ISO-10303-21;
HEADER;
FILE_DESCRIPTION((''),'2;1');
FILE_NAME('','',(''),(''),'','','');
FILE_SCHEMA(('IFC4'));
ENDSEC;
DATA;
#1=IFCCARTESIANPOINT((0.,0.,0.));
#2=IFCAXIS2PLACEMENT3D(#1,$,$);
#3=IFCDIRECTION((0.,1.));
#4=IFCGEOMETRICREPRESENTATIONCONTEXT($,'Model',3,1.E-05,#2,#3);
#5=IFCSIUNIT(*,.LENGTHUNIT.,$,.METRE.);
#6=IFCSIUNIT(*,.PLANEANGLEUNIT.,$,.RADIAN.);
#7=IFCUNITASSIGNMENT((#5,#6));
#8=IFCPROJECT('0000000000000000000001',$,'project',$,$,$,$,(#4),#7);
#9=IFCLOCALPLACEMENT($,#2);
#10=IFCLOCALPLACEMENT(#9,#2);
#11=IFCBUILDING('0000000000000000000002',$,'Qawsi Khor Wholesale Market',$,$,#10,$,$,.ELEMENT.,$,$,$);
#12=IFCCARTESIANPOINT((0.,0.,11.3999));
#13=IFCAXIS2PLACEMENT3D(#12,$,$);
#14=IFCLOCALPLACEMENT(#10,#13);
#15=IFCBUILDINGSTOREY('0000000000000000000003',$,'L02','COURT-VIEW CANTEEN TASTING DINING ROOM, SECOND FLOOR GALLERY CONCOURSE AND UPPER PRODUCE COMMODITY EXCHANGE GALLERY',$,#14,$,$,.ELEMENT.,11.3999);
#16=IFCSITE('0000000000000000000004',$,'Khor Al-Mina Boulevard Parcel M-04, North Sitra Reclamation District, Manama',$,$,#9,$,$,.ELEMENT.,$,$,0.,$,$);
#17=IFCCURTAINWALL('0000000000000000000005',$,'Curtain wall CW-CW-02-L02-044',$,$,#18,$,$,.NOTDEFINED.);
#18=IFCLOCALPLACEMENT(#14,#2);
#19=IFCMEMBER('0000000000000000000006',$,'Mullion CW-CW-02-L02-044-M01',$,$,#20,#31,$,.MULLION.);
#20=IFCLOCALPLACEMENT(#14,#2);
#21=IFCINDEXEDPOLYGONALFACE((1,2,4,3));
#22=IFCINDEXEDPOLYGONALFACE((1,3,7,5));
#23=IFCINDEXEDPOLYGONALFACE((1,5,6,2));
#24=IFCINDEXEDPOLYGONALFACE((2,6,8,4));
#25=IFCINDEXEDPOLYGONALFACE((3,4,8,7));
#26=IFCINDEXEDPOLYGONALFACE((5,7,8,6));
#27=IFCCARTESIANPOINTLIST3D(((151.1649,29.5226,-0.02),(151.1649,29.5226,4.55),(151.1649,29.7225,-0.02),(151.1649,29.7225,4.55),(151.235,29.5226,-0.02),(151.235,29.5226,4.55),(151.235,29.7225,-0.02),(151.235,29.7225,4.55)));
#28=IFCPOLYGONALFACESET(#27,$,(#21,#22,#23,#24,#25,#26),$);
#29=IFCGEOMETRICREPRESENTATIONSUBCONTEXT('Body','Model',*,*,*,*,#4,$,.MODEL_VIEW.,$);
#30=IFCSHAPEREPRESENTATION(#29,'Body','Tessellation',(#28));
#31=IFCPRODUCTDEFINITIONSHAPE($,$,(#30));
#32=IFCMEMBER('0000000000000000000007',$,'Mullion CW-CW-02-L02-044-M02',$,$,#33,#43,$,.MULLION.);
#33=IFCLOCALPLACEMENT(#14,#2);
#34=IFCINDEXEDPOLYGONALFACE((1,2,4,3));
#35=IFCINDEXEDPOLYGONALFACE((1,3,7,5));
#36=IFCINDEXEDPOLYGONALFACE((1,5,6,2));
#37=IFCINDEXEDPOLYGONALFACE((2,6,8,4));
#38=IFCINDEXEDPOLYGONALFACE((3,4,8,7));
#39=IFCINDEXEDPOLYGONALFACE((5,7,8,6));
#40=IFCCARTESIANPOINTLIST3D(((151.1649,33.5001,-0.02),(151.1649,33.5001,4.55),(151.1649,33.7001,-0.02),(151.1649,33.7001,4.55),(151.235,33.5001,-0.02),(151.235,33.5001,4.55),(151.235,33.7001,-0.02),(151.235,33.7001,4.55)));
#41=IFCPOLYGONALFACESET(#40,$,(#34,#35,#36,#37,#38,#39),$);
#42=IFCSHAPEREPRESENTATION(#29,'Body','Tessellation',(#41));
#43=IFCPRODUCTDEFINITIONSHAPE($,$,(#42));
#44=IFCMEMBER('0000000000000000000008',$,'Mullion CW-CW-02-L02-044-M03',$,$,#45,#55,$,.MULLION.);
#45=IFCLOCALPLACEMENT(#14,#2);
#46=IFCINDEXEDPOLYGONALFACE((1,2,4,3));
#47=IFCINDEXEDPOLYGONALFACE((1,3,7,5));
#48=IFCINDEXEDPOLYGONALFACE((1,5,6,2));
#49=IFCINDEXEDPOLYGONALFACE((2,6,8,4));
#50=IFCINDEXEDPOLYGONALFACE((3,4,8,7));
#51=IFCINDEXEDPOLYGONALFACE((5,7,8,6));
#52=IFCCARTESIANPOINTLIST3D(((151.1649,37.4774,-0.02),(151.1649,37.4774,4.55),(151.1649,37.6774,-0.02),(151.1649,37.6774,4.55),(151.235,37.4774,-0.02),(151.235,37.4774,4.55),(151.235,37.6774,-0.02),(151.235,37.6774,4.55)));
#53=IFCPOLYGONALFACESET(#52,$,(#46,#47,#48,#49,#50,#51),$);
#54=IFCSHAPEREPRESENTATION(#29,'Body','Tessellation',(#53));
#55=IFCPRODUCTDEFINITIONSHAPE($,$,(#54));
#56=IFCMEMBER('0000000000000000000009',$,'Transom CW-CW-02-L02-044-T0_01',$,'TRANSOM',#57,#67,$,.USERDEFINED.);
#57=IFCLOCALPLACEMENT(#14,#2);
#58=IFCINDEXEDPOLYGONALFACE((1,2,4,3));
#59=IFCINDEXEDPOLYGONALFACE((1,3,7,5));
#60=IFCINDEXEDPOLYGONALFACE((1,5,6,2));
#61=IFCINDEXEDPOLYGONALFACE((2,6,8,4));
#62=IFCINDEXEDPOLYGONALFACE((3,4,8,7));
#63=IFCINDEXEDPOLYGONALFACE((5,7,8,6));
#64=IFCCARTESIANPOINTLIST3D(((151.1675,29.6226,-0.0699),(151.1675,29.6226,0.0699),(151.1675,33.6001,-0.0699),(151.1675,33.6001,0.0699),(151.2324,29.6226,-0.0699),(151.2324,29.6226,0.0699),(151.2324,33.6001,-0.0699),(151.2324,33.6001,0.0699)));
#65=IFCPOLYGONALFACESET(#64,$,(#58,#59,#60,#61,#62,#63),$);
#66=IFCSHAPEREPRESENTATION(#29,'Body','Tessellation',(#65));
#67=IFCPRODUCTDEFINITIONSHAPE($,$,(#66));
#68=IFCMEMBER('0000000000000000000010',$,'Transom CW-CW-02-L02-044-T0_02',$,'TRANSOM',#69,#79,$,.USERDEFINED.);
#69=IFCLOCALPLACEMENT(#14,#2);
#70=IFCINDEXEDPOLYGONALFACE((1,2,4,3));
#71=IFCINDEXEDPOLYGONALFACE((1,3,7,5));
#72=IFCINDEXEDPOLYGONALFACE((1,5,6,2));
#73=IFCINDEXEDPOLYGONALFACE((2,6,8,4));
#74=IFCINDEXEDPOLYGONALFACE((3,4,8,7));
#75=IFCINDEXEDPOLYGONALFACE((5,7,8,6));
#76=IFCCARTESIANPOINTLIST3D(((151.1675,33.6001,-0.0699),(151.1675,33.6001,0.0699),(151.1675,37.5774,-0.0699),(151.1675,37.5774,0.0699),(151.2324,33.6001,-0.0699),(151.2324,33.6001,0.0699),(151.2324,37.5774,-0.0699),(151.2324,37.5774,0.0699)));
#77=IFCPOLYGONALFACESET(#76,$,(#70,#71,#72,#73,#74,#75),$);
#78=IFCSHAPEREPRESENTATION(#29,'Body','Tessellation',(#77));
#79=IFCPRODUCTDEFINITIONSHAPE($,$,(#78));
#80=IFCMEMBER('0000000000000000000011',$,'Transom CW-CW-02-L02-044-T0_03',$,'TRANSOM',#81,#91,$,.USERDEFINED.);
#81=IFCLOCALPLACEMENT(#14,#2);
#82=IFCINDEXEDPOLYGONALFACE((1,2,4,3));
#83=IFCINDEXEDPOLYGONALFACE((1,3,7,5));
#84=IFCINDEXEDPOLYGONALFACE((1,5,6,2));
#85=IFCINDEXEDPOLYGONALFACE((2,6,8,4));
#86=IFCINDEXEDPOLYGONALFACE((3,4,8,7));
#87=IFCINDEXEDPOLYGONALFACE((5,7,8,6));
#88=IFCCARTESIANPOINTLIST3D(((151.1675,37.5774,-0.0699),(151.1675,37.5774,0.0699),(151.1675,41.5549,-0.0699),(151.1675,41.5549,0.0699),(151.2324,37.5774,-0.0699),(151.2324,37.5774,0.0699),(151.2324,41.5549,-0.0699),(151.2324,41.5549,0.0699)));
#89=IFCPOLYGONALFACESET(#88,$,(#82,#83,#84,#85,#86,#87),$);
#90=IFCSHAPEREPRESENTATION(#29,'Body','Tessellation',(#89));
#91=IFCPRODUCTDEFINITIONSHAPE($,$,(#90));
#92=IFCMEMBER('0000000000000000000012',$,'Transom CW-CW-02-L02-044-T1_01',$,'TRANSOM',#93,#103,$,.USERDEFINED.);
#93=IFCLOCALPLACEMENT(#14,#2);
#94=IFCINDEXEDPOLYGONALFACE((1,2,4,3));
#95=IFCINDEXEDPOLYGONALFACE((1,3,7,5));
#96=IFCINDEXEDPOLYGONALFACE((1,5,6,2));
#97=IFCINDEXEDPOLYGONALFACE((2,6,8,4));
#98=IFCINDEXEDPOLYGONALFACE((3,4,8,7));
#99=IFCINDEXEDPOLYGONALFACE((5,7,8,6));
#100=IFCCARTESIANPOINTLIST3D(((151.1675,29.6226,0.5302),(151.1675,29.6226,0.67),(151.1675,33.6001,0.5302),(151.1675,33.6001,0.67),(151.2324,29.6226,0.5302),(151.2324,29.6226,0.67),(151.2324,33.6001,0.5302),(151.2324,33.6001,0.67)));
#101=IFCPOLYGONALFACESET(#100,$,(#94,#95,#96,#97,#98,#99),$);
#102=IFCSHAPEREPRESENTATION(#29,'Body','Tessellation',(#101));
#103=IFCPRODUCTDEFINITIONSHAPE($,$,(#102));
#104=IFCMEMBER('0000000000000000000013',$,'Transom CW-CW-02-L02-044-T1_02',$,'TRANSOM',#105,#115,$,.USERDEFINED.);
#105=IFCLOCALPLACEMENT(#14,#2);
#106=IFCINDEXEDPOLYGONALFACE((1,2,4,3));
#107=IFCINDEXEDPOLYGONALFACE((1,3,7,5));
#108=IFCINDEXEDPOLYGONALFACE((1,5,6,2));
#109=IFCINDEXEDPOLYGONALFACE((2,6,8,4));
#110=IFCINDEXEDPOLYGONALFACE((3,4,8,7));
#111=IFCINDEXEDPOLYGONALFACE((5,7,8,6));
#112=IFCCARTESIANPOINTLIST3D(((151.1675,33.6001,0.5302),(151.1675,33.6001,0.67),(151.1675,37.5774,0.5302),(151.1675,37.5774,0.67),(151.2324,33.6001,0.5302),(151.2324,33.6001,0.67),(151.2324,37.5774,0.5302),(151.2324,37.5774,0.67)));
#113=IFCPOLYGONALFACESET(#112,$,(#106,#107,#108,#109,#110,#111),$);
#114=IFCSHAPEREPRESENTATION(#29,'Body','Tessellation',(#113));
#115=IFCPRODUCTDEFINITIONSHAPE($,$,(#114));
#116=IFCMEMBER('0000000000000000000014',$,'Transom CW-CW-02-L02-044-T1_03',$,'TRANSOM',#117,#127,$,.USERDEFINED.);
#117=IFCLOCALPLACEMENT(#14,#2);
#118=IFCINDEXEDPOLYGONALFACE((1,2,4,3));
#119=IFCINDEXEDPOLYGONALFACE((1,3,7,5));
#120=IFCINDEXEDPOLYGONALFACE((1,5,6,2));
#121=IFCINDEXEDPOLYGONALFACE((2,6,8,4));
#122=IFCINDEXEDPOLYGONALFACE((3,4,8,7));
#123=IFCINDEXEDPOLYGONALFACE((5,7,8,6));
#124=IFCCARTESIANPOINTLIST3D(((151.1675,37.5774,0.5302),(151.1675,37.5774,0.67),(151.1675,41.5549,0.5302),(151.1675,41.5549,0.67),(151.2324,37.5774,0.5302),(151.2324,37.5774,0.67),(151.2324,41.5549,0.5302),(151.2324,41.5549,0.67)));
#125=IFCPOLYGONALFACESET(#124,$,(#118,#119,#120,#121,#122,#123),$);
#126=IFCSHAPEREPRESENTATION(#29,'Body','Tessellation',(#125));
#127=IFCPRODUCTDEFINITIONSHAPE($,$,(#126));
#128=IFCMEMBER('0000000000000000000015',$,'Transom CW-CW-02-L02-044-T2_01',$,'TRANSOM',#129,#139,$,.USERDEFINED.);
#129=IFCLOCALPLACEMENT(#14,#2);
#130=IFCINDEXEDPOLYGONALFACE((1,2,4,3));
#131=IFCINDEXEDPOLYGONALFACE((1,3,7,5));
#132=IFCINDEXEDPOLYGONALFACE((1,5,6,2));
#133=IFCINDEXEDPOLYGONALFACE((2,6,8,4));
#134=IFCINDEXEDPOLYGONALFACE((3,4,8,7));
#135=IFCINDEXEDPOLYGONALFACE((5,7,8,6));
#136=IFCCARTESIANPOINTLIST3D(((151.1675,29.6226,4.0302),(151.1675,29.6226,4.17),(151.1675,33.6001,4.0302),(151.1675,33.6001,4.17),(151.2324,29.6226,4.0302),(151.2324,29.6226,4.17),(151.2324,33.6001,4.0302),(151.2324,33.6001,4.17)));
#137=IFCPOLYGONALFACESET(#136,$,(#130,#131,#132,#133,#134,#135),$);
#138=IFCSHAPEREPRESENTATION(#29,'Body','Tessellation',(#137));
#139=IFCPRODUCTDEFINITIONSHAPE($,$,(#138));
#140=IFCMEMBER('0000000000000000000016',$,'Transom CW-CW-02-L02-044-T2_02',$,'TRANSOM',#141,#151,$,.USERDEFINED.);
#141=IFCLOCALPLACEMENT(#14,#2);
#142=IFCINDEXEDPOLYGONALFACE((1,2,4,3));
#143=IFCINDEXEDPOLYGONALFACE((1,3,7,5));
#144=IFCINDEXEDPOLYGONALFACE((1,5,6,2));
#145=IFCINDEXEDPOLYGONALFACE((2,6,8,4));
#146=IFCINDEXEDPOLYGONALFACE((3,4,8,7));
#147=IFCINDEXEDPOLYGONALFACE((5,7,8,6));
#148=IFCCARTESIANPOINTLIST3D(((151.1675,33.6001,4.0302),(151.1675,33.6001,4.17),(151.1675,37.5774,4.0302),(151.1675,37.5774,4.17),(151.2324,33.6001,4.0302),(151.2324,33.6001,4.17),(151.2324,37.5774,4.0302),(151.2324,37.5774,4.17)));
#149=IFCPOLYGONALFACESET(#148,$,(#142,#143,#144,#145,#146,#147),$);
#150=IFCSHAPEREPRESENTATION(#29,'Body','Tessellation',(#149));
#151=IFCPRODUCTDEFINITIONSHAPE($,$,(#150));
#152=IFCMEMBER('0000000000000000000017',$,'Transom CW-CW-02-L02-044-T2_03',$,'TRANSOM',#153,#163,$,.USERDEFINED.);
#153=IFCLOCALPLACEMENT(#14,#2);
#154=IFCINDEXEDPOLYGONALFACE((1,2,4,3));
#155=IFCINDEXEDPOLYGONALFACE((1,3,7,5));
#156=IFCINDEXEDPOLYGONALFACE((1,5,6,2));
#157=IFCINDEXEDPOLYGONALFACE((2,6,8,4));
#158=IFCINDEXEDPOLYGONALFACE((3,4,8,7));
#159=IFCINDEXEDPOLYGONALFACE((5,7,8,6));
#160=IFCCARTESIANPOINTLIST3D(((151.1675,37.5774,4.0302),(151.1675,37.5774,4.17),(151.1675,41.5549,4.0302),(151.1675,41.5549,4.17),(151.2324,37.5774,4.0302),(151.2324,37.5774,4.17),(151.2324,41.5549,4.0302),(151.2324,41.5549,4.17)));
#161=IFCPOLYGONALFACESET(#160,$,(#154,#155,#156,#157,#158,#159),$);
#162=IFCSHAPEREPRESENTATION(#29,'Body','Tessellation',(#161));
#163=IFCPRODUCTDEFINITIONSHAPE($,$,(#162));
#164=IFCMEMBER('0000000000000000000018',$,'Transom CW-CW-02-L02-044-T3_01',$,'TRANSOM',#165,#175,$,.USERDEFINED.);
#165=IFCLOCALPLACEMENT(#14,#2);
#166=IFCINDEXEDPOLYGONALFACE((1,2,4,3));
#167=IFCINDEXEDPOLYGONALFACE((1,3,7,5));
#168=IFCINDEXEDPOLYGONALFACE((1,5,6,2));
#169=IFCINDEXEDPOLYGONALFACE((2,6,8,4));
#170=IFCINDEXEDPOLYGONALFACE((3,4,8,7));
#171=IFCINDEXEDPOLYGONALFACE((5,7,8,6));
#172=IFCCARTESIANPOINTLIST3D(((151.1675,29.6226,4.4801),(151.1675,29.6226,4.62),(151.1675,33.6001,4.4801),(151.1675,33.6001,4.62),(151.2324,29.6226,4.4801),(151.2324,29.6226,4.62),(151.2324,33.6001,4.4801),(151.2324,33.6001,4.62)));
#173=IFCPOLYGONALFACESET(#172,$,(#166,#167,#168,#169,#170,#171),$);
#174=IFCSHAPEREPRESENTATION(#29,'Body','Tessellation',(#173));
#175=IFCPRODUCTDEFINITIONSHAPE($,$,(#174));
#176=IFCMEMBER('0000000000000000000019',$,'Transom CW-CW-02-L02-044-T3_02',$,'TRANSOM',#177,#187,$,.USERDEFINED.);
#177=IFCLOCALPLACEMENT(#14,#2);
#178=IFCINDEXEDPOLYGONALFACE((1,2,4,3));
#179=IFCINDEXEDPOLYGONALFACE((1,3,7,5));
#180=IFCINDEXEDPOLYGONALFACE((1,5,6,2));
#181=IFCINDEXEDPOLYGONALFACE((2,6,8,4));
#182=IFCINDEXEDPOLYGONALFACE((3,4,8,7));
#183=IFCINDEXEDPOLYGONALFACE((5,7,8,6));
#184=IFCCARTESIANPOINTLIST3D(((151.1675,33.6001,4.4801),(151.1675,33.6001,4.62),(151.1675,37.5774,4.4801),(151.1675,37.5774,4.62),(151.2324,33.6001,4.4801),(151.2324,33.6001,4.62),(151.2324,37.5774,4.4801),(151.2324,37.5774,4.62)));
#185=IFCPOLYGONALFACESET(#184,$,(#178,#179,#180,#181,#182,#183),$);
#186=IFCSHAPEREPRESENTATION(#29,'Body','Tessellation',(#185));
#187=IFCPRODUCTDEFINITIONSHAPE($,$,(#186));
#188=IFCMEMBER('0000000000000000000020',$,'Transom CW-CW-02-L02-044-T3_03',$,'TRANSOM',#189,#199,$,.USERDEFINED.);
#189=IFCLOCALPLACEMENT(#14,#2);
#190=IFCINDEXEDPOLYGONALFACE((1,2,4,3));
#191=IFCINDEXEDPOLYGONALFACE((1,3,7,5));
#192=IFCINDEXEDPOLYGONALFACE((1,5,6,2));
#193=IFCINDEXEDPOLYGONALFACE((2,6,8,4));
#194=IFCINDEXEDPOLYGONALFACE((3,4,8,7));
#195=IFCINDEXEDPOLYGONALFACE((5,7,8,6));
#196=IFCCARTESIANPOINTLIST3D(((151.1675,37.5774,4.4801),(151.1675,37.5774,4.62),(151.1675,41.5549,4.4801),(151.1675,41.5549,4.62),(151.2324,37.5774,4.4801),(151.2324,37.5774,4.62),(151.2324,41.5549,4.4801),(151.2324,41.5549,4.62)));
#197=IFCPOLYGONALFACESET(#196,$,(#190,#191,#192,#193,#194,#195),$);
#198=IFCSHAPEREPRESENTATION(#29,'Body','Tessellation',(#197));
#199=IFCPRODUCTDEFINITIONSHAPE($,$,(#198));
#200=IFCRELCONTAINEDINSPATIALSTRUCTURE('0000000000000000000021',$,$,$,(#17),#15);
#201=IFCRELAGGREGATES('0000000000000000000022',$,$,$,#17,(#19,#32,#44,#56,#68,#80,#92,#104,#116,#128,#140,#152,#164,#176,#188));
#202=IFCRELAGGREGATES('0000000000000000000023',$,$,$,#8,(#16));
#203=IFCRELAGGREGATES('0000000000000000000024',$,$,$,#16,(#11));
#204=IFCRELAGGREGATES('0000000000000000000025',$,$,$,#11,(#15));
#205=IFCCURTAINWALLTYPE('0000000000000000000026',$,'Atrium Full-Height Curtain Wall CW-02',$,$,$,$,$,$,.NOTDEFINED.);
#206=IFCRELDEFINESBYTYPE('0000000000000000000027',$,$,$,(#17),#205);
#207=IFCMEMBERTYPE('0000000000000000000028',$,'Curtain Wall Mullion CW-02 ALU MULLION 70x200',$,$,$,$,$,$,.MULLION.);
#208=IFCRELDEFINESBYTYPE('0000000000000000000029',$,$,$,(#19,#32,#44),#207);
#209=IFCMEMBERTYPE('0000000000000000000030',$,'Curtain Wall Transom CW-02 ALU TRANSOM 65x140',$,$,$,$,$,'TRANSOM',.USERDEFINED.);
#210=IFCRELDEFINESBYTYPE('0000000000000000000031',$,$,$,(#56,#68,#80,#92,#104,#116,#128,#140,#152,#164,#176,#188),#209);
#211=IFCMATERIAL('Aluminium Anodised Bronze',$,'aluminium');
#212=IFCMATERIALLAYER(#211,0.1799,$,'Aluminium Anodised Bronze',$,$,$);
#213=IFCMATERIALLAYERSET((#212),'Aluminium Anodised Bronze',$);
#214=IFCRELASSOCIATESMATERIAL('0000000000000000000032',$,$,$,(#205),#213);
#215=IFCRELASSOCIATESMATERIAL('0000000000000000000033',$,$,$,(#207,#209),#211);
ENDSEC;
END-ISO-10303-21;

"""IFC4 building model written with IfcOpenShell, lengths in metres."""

from ifc_helpers import new_model, si_unit, direction, frame, origin, origin_2d, place, context, subcontext, project, spatial, rectangle, extrude, material, layer, layer_set, material_profile, profile_set, type_object, element, aggregate, save


model = new_model("IFC4")

# Units and contexts
model_context = context("Model", 3, precision=1e-05, world=origin(), true_north=direction((0.0, 1.0)))
body_context = subcontext(model_context, "Body", "Model", "MODEL_VIEW")
ifc_project = project(units=[si_unit("LENGTHUNIT", "METRE"), si_unit("PLANEANGLEUNIT", "RADIAN")], contexts=[model_context])

# Site, building, storey
site_placement = place(None, origin())
site = spatial("IfcSite", under=ifc_project, at=site_placement, Name="Khor Al-Mina Boulevard Parcel M-04, North Sitra Reclamation District, Manama", CompositionType="ELEMENT", RefElevation=0.0)
building_placement = place(site_placement, origin())
building = spatial("IfcBuilding", under=site, at=building_placement, Name="Qawsi Khor Wholesale Market", CompositionType="ELEMENT")
storey_placement = place(building_placement, frame((0.0, 0.0, 11.3999)))
storey = spatial("IfcBuildingStorey", under=building, at=storey_placement, Name="L02", Description="COURT-VIEW CANTEEN TASTING DINING ROOM, SECOND FLOOR GALLERY CONCOURSE AND UPPER PRODUCE COMMODITY EXCHANGE GALLERY", CompositionType="ELEMENT", Elevation=11.3999)

# Curtain wall, members
ifc_material_1 = material(Name="Aluminium Anodised Bronze", Category="aluminium")
ifc_layer_1 = layer(ifc_material_1, 0.1799, Name="Aluminium Anodised Bronze")
ifc_layer_set_1 = layer_set([ifc_layer_1], Name="Aluminium Anodised Bronze")
curtain_wall_type = type_object("IfcCurtainWallType", Name="Atrium Full-Height Curtain Wall CW-02", PredefinedType="NOTDEFINED", material=ifc_layer_set_1)
curtain_wall_placement = place(storey_placement, origin())
curtain_wall = element("IfcCurtainWall", 1, at=curtain_wall_placement, inside=storey, type_object=curtain_wall_type, Name="Curtain wall CW-CW-02-L02-044", PredefinedType="NOTDEFINED")
ifc_material_profile_1 = material_profile(ifc_material_1, rectangle(XDim=0.0701, YDim=0.2, at=origin_2d()), Name="ALU MULLION 70x200")
ifc_profile_set_1 = profile_set([ifc_material_profile_1], Name="Aluminium Anodised Bronze")
member_type_1 = type_object("IfcMemberType", Name="Curtain Wall Mullion CW-02 ALU MULLION 70x200", PredefinedType="MULLION", material=ifc_profile_set_1)
member_1_placement = place(storey_placement, frame((151.2, 29.6226, -0.02), z_axis=(0.0, 0.0, 1.0), x_axis=(1.0, 0.0, 0.0)))
member_1 = element("IfcMember", 2, at=member_1_placement, type_object=member_type_1, Name="Mullion CW-CW-02-L02-044-M01", PredefinedType="MULLION", context=body_context, shape_type="SweptSolid", body=[
    extrude(rectangle(XDim=0.0701, YDim=0.2, at=origin_2d()), origin(), (0.0, 0.0, 1.0), 4.5701),
])
member_2_placement = place(storey_placement, frame((151.2, 33.6001, -0.02), z_axis=(0.0, 0.0, 1.0), x_axis=(1.0, 0.0, 0.0)))
member_2 = element("IfcMember", 3, at=member_2_placement, type_object=member_type_1, Name="Mullion CW-CW-02-L02-044-M02", PredefinedType="MULLION", context=body_context, shape_type="SweptSolid", body=[
    extrude(rectangle(XDim=0.0701, YDim=0.2, at=origin_2d()), origin(), (0.0, 0.0, 1.0), 4.5701),
])
member_3_placement = place(storey_placement, frame((151.2, 37.5774, -0.02), z_axis=(0.0, 0.0, 1.0), x_axis=(1.0, 0.0, 0.0)))
member_3 = element("IfcMember", 4, at=member_3_placement, type_object=member_type_1, Name="Mullion CW-CW-02-L02-044-M03", PredefinedType="MULLION", context=body_context, shape_type="SweptSolid", body=[
    extrude(rectangle(XDim=0.0701, YDim=0.2, at=origin_2d()), origin(), (0.0, 0.0, 1.0), 4.5701),
])
ifc_material_profile_2 = material_profile(ifc_material_1, rectangle(XDim=0.0649, YDim=0.1399, at=origin_2d()), Name="ALU TRANSOM 65x140")
ifc_profile_set_2 = profile_set([ifc_material_profile_2], Name="Aluminium Anodised Bronze")
member_type_2 = type_object("IfcMemberType", Name="Curtain Wall Transom CW-02 ALU TRANSOM 65x140", ElementType="TRANSOM", PredefinedType="USERDEFINED", material=ifc_profile_set_2)
member_4_placement = place(storey_placement, frame((151.2, 29.6226, 0.0), z_axis=(0.0, 1.0, 0.0), x_axis=(-1.0, 0.0, 0.0)))
member_4 = element("IfcMember", 5, at=member_4_placement, type_object=member_type_2, Name="Transom CW-CW-02-L02-044-T0_01", ObjectType="TRANSOM", PredefinedType="USERDEFINED", context=body_context, shape_type="SweptSolid", body=[
    extrude(rectangle(XDim=0.0649, YDim=0.1399, at=origin_2d()), origin(), (0.0, 0.0, 1.0), 3.9775),
])
member_5_placement = place(storey_placement, frame((151.2, 33.6001, 0.0), z_axis=(0.0, 1.0, 0.0), x_axis=(-1.0, 0.0, 0.0)))
member_5 = element("IfcMember", 6, at=member_5_placement, type_object=member_type_2, Name="Transom CW-CW-02-L02-044-T0_02", ObjectType="TRANSOM", PredefinedType="USERDEFINED", context=body_context, shape_type="SweptSolid", body=[
    extrude(rectangle(XDim=0.0649, YDim=0.1399, at=origin_2d()), origin(), (0.0, 0.0, 1.0), 3.9773),
])
member_6_placement = place(storey_placement, frame((151.2, 37.5774, 0.0), z_axis=(0.0, 1.0, 0.0), x_axis=(-1.0, 0.0, 0.0)))
member_6 = element("IfcMember", 7, at=member_6_placement, type_object=member_type_2, Name="Transom CW-CW-02-L02-044-T0_03", ObjectType="TRANSOM", PredefinedType="USERDEFINED", context=body_context, shape_type="SweptSolid", body=[
    extrude(rectangle(XDim=0.0649, YDim=0.1399, at=origin_2d()), origin(), (0.0, 0.0, 1.0), 3.9775),
])
member_7_placement = place(storey_placement, frame((151.2, 29.6226, 0.6001), z_axis=(0.0, 1.0, 0.0), x_axis=(-1.0, 0.0, 0.0)))
member_7 = element("IfcMember", 8, at=member_7_placement, type_object=member_type_2, Name="Transom CW-CW-02-L02-044-T1_01", ObjectType="TRANSOM", PredefinedType="USERDEFINED", context=body_context, shape_type="SweptSolid", body=[
    extrude(rectangle(XDim=0.0649, YDim=0.1399, at=origin_2d()), origin(), (0.0, 0.0, 1.0), 3.9775),
])
member_8_placement = place(storey_placement, frame((151.2, 33.6001, 0.6001), z_axis=(0.0, 1.0, 0.0), x_axis=(-1.0, 0.0, 0.0)))
member_8 = element("IfcMember", 9, at=member_8_placement, type_object=member_type_2, Name="Transom CW-CW-02-L02-044-T1_02", ObjectType="TRANSOM", PredefinedType="USERDEFINED", context=body_context, shape_type="SweptSolid", body=[
    extrude(rectangle(XDim=0.0649, YDim=0.1399, at=origin_2d()), origin(), (0.0, 0.0, 1.0), 3.9773),
])
member_9_placement = place(storey_placement, frame((151.2, 37.5774, 0.6001), z_axis=(0.0, 1.0, 0.0), x_axis=(-1.0, 0.0, 0.0)))
member_9 = element("IfcMember", 10, at=member_9_placement, type_object=member_type_2, Name="Transom CW-CW-02-L02-044-T1_03", ObjectType="TRANSOM", PredefinedType="USERDEFINED", context=body_context, shape_type="SweptSolid", body=[
    extrude(rectangle(XDim=0.0649, YDim=0.1399, at=origin_2d()), origin(), (0.0, 0.0, 1.0), 3.9775),
])
member_10_placement = place(storey_placement, frame((151.2, 29.6226, 4.1001), z_axis=(0.0, 1.0, 0.0), x_axis=(-1.0, 0.0, 0.0)))
member_10 = element("IfcMember", 11, at=member_10_placement, type_object=member_type_2, Name="Transom CW-CW-02-L02-044-T2_01", ObjectType="TRANSOM", PredefinedType="USERDEFINED", context=body_context, shape_type="SweptSolid", body=[
    extrude(rectangle(XDim=0.0649, YDim=0.1399, at=origin_2d()), origin(), (0.0, 0.0, 1.0), 3.9775),
])
member_11_placement = place(storey_placement, frame((151.2, 33.6001, 4.1001), z_axis=(0.0, 1.0, 0.0), x_axis=(-1.0, 0.0, 0.0)))
member_11 = element("IfcMember", 12, at=member_11_placement, type_object=member_type_2, Name="Transom CW-CW-02-L02-044-T2_02", ObjectType="TRANSOM", PredefinedType="USERDEFINED", context=body_context, shape_type="SweptSolid", body=[
    extrude(rectangle(XDim=0.0649, YDim=0.1399, at=origin_2d()), origin(), (0.0, 0.0, 1.0), 3.9773),
])
member_12_placement = place(storey_placement, frame((151.2, 37.5774, 4.1001), z_axis=(0.0, 1.0, 0.0), x_axis=(-1.0, 0.0, 0.0)))
member_12 = element("IfcMember", 13, at=member_12_placement, type_object=member_type_2, Name="Transom CW-CW-02-L02-044-T2_03", ObjectType="TRANSOM", PredefinedType="USERDEFINED", context=body_context, shape_type="SweptSolid", body=[
    extrude(rectangle(XDim=0.0649, YDim=0.1399, at=origin_2d()), origin(), (0.0, 0.0, 1.0), 3.9775),
])
member_13_placement = place(storey_placement, frame((151.2, 29.6226, 4.55), z_axis=(0.0, 1.0, 0.0), x_axis=(-1.0, 0.0, 0.0)))
member_13 = element("IfcMember", 14, at=member_13_placement, type_object=member_type_2, Name="Transom CW-CW-02-L02-044-T3_01", ObjectType="TRANSOM", PredefinedType="USERDEFINED", context=body_context, shape_type="SweptSolid", body=[
    extrude(rectangle(XDim=0.0649, YDim=0.1399, at=origin_2d()), origin(), (0.0, 0.0, 1.0), 3.9775),
])
member_14_placement = place(storey_placement, frame((151.2, 33.6001, 4.55), z_axis=(0.0, 1.0, 0.0), x_axis=(-1.0, 0.0, 0.0)))
member_14 = element("IfcMember", 15, at=member_14_placement, type_object=member_type_2, Name="Transom CW-CW-02-L02-044-T3_02", ObjectType="TRANSOM", PredefinedType="USERDEFINED", context=body_context, shape_type="SweptSolid", body=[
    extrude(rectangle(XDim=0.0649, YDim=0.1399, at=origin_2d()), origin(), (0.0, 0.0, 1.0), 3.9773),
])
member_15_placement = place(storey_placement, frame((151.2, 37.5774, 4.55), z_axis=(0.0, 1.0, 0.0), x_axis=(-1.0, 0.0, 0.0)))
member_15 = element("IfcMember", 16, at=member_15_placement, type_object=member_type_2, Name="Transom CW-CW-02-L02-044-T3_03", ObjectType="TRANSOM", PredefinedType="USERDEFINED", context=body_context, shape_type="SweptSolid", body=[
    extrude(rectangle(XDim=0.0649, YDim=0.1399, at=origin_2d()), origin(), (0.0, 0.0, 1.0), 3.9775),
])
aggregate(curtain_wall, [member_1, member_2, member_3, member_4, member_5, member_6, member_7, member_8, member_9, member_10, member_11, member_12, member_13, member_14, member_15])

save(model, "model.ifc")
